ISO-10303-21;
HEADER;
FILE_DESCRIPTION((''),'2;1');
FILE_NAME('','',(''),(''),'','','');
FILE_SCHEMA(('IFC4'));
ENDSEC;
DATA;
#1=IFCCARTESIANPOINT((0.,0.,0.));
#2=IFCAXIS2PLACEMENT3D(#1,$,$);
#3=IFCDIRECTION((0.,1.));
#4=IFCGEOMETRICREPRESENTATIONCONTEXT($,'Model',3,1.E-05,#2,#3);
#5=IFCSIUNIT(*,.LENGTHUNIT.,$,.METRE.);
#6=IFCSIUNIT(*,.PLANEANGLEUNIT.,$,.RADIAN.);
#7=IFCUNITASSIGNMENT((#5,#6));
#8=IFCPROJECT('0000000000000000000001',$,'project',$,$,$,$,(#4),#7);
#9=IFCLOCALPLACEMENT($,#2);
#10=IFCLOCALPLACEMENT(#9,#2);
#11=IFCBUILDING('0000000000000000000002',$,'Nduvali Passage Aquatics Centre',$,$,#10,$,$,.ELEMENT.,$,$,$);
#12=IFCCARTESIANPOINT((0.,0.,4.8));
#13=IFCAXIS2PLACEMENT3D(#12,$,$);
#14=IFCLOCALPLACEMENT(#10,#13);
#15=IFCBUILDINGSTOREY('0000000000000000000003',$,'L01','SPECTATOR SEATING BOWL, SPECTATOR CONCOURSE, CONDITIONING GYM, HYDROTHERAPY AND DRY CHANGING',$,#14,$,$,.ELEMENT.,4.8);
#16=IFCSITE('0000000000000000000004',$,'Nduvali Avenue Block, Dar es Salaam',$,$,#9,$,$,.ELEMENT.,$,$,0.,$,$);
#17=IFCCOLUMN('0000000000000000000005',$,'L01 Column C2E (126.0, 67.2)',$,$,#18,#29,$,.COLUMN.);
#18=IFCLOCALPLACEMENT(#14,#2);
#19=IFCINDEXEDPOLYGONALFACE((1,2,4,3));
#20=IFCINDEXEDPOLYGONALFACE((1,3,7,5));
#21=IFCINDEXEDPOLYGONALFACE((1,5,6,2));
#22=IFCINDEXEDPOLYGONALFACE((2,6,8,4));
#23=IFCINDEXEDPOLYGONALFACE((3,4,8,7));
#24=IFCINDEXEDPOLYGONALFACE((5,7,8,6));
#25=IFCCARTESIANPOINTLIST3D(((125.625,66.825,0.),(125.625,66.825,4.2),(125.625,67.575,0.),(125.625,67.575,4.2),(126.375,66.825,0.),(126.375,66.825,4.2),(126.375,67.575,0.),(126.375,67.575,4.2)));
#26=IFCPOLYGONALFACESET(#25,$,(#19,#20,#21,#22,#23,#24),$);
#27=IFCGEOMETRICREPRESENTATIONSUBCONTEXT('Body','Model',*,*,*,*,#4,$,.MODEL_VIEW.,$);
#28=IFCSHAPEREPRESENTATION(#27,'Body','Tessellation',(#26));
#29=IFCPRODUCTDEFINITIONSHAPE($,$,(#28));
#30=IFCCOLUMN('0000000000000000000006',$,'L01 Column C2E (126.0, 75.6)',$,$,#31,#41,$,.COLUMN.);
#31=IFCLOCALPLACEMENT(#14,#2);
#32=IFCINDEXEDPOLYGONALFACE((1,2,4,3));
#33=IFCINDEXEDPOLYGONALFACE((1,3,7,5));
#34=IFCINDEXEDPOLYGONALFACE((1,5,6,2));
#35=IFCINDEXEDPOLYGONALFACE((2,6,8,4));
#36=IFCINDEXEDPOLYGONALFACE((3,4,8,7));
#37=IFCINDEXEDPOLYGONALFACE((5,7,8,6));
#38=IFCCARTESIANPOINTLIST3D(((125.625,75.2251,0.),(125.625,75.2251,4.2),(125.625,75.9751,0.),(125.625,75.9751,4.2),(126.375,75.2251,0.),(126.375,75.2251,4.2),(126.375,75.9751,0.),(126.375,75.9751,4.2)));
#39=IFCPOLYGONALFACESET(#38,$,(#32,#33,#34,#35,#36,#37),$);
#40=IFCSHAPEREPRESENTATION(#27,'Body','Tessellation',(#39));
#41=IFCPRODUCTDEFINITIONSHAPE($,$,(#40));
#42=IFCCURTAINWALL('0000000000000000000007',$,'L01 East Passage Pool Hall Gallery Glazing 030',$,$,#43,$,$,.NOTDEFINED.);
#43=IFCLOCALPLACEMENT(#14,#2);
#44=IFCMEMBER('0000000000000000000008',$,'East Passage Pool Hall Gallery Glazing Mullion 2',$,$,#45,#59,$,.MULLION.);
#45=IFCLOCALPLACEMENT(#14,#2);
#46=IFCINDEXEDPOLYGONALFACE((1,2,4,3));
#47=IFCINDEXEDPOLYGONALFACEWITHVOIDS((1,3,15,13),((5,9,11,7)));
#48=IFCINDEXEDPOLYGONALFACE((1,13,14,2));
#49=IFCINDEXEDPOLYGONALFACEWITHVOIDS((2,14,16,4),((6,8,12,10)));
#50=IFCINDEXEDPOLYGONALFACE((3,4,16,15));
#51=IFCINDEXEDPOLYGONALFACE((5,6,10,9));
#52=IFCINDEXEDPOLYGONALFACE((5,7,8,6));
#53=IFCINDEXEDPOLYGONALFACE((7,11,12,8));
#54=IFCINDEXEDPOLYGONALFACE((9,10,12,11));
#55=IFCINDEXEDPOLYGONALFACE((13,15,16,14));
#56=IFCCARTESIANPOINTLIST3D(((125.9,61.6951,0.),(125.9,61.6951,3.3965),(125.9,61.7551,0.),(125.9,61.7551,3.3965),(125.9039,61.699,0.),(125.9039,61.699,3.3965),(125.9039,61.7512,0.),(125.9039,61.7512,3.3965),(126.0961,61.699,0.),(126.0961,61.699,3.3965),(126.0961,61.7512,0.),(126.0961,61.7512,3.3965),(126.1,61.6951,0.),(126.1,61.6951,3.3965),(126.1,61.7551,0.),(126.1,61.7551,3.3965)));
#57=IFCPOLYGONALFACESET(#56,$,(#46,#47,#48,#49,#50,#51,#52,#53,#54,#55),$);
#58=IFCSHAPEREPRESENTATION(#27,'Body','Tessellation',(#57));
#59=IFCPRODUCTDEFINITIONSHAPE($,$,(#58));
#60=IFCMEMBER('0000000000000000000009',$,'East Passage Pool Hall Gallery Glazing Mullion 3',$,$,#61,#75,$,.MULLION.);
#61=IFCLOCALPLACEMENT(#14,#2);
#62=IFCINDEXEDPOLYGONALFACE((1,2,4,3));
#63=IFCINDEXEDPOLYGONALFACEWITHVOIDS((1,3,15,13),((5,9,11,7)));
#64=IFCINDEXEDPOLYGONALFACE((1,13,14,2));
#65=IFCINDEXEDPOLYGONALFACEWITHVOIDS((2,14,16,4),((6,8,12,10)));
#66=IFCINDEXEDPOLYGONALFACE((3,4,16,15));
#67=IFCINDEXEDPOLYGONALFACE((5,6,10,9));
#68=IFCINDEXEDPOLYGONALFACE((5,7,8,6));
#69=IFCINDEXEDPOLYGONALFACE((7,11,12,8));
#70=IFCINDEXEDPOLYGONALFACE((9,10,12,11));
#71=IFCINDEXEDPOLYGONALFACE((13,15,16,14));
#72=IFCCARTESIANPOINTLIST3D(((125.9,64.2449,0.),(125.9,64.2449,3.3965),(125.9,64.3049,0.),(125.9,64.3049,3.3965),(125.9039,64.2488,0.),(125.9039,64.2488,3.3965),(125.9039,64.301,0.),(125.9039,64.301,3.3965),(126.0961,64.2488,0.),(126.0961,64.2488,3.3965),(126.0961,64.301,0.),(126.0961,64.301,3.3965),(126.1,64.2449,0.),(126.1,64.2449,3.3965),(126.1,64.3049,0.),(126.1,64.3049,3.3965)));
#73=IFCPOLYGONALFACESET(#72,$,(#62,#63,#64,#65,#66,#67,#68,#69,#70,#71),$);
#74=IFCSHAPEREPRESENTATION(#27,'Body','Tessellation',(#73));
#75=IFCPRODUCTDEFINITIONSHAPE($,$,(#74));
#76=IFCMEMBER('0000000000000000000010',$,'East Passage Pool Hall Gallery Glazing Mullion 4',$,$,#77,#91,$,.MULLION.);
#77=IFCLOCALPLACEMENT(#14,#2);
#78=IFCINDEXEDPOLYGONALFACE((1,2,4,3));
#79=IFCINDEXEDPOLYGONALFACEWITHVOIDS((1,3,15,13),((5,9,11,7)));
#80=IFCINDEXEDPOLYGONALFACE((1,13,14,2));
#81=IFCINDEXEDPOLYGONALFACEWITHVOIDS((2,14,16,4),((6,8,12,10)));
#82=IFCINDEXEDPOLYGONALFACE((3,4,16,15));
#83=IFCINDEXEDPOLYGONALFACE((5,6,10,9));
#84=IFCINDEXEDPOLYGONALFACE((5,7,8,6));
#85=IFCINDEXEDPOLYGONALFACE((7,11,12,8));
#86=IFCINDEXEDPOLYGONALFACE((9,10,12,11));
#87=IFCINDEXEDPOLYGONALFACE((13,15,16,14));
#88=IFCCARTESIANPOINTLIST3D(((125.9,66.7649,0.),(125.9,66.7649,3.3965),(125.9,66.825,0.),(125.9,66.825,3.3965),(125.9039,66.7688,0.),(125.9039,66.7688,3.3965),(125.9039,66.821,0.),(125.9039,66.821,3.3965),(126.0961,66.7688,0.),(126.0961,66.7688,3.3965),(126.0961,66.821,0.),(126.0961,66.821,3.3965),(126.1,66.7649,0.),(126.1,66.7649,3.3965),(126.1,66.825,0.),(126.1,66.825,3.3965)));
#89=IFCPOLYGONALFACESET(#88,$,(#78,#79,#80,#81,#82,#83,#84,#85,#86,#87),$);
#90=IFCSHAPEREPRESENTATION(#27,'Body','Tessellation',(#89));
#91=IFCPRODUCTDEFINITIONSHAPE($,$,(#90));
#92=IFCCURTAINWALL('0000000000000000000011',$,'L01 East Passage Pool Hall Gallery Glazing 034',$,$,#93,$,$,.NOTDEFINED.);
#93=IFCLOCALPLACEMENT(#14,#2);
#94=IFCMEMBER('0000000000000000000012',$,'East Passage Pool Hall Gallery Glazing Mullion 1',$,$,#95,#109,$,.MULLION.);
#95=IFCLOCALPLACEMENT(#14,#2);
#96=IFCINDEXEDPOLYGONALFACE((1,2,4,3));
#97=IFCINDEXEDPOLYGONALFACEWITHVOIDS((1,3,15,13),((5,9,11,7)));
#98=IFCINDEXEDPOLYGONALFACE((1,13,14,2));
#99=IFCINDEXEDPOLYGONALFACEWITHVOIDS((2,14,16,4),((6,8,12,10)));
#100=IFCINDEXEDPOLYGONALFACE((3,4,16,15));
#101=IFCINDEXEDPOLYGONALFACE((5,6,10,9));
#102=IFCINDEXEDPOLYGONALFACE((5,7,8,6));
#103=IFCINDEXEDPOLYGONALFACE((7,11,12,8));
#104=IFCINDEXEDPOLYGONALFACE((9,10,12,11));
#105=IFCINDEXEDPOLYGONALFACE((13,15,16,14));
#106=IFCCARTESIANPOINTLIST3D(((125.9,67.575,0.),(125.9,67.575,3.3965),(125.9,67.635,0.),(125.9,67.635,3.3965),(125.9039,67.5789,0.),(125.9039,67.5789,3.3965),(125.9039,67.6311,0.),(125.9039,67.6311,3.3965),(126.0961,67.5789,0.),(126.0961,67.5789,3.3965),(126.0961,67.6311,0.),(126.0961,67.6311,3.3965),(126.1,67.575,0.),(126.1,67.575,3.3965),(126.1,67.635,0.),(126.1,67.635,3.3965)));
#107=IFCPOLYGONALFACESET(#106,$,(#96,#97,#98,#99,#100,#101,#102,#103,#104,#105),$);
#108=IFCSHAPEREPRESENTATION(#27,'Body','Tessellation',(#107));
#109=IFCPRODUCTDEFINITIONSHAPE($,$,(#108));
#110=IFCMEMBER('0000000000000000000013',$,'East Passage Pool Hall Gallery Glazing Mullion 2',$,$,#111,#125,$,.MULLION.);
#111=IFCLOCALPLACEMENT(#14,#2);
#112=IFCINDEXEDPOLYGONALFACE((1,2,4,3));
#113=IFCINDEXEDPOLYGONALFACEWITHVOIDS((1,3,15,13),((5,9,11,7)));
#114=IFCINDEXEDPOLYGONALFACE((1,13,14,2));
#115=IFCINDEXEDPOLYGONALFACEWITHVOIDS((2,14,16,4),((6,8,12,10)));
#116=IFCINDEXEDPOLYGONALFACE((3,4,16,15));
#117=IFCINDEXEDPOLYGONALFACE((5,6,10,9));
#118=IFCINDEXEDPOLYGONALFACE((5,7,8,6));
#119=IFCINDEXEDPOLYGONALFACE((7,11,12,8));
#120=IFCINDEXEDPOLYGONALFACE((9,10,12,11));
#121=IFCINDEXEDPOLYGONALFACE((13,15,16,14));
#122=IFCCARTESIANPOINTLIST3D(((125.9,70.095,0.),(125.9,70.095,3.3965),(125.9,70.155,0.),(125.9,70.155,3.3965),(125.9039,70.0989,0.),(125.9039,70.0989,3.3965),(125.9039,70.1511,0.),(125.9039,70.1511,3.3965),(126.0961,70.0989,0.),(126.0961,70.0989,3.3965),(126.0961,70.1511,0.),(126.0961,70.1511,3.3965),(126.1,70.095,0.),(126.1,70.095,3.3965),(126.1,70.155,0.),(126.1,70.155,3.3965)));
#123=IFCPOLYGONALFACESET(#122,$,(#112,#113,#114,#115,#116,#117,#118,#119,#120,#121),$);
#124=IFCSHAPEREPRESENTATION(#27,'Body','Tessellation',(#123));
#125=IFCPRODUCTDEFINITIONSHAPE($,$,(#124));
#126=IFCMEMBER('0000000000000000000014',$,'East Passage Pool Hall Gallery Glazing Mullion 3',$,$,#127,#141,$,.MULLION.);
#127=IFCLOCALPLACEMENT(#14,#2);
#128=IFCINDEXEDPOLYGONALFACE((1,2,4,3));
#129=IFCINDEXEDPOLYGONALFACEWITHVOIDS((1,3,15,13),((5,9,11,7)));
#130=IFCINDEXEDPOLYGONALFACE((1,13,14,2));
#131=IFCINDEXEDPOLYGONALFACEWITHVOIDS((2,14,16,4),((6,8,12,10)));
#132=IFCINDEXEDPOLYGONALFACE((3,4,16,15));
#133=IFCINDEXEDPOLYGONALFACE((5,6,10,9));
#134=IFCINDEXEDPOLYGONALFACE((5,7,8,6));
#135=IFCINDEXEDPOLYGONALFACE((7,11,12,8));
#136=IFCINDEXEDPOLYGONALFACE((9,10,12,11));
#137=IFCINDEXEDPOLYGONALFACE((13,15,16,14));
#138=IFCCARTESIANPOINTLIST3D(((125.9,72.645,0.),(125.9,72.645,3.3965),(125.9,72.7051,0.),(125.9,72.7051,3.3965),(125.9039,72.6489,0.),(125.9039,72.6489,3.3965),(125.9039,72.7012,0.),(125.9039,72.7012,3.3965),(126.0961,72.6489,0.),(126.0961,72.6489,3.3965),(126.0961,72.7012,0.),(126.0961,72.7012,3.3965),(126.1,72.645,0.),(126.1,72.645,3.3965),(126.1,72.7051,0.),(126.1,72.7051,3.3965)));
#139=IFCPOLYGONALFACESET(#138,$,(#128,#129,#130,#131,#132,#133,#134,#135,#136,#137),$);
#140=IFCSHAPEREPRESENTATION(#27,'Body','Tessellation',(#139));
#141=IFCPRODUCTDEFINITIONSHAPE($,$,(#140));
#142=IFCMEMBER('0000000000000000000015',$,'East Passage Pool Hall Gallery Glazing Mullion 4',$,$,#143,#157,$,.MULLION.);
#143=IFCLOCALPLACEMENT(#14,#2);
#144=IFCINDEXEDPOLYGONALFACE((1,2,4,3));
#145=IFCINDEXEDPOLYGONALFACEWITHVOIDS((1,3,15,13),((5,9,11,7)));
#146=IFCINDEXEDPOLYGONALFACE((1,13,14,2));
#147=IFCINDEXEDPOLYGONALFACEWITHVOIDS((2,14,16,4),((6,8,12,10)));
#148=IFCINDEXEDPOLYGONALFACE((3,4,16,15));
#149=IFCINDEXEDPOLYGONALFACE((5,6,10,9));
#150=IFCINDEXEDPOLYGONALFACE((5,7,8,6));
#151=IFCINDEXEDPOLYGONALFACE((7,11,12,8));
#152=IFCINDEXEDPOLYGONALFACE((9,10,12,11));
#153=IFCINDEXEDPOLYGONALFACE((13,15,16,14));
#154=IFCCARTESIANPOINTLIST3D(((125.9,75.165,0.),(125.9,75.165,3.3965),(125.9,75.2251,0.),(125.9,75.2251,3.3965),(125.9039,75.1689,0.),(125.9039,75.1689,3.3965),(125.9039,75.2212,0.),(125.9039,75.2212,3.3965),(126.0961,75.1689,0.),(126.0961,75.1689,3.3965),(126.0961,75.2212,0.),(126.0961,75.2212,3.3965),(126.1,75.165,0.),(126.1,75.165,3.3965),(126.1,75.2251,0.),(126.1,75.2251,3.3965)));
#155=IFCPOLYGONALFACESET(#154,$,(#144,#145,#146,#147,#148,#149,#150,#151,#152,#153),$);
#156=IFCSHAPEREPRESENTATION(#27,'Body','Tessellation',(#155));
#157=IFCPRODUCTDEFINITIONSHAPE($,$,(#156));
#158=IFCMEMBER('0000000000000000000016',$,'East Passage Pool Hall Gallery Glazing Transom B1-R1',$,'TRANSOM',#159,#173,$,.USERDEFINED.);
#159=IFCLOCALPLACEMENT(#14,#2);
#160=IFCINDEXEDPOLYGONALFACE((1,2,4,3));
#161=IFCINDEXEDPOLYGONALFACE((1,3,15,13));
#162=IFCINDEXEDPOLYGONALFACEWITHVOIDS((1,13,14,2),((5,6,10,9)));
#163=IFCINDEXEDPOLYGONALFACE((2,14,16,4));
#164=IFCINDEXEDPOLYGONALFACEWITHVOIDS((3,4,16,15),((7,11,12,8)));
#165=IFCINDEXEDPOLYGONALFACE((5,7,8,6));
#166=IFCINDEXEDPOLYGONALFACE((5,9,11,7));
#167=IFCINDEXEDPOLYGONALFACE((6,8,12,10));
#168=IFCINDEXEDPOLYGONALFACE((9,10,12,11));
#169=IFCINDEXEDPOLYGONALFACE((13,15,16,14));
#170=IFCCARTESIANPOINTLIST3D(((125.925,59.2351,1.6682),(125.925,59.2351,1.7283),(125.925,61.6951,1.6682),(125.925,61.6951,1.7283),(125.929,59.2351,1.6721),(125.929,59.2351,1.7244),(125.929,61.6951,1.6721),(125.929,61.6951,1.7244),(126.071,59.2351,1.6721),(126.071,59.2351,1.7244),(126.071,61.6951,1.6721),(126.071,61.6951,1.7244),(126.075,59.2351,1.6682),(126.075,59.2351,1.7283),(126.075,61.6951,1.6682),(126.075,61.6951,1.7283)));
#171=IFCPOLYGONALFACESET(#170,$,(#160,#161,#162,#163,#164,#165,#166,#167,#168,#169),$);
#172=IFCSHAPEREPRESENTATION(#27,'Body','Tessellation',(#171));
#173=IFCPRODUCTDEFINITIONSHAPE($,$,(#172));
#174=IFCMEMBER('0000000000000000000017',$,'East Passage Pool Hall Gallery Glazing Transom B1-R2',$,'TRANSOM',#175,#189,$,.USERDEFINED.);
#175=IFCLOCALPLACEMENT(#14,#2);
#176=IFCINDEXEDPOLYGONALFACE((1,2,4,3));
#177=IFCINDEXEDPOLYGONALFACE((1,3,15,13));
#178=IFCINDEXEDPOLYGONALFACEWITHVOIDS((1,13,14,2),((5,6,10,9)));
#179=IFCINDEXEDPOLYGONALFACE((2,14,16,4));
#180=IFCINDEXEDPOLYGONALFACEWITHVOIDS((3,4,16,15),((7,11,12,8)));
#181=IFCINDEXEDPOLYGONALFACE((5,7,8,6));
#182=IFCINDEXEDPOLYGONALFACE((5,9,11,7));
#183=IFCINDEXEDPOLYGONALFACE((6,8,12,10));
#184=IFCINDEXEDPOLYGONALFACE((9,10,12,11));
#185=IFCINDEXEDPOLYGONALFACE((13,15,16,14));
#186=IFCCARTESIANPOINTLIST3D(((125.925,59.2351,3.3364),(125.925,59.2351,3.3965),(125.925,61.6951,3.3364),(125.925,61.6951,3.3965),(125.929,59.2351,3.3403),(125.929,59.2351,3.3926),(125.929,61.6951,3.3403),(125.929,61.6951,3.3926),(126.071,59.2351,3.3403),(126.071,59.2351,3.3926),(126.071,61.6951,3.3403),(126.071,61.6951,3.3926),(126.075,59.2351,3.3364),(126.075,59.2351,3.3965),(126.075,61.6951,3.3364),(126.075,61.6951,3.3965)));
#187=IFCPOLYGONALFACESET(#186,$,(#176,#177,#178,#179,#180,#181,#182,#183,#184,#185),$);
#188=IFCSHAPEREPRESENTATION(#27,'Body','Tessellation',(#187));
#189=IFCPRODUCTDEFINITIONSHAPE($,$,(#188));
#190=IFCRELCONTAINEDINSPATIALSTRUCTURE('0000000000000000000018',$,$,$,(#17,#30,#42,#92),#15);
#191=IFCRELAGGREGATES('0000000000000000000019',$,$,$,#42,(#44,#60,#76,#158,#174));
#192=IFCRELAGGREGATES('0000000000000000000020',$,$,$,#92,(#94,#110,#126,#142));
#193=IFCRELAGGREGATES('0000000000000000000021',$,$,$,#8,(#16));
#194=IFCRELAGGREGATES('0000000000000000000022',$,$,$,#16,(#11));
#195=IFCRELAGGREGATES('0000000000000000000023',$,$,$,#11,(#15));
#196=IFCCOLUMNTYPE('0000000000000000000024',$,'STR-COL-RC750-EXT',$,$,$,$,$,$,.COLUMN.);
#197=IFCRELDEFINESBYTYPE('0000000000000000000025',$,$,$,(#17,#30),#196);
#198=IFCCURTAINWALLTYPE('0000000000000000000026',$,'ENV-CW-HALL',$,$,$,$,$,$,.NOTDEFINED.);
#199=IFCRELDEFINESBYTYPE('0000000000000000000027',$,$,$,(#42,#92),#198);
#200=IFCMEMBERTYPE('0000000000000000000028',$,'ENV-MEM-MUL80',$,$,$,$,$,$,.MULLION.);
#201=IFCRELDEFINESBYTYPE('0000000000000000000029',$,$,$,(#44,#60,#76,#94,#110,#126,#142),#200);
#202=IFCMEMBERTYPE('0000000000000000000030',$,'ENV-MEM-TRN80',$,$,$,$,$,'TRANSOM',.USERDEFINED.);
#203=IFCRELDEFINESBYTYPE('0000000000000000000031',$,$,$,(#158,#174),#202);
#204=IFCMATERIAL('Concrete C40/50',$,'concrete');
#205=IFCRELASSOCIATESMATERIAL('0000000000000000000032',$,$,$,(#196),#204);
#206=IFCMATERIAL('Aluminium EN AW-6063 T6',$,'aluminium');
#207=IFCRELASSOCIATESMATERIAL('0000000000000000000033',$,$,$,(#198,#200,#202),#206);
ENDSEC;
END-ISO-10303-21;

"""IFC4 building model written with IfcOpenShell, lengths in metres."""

from ifc_helpers import new_model, si_unit, direction, frame, origin, origin_2d, place, context, subcontext, project, spatial, rectangle, hollow_rectangle, extrude, material, material_profile, profile_set, type_object, element, aggregate, save


model = new_model("IFC4")

# Units and contexts
model_context = context("Model", 3, precision=1e-05, world=origin(), true_north=direction((0.0, 1.0)))
body_context = subcontext(model_context, "Body", "Model", "MODEL_VIEW")
ifc_project = project(units=[si_unit("LENGTHUNIT", "METRE"), si_unit("PLANEANGLEUNIT", "RADIAN")], contexts=[model_context])

# Site, building, storey
site_placement = place(None, origin())
site = spatial("IfcSite", under=ifc_project, at=site_placement, Name="Nduvali Avenue Block, Dar es Salaam", CompositionType="ELEMENT", RefElevation=0.0)
building_placement = place(site_placement, origin())
building = spatial("IfcBuilding", under=site, at=building_placement, Name="Nduvali Passage Aquatics Centre", CompositionType="ELEMENT")
storey_placement = place(building_placement, frame((0.0, 0.0, 4.8)))
storey = spatial("IfcBuildingStorey", under=building, at=storey_placement, Name="L01", Description="SPECTATOR SEATING BOWL, SPECTATOR CONCOURSE, CONDITIONING GYM, HYDROTHERAPY AND DRY CHANGING", CompositionType="ELEMENT", Elevation=4.8)

# Columns
ifc_material_1 = material(Name="Concrete C40/50", Category="concrete")
ifc_material_profile_1 = material_profile(ifc_material_1, rectangle(XDim=0.75, YDim=0.75, at=origin_2d()), Name="RC 750x750")
ifc_profile_set_1 = profile_set([ifc_material_profile_1], Name="Concrete C40/50")
column_type = type_object("IfcColumnType", Name="STR-COL-RC750-EXT", PredefinedType="COLUMN", material=ifc_profile_set_1)
for number, where, z_axis, x_axis, name in (
    (1, (126.0, 67.2, 0.0), (0.0, 0.0, 1.0), (1.0, 0.0, 0.0), "L01 Column C2E (126.0, 67.2)"),
    (2, (126.0, 75.6001, 0.0), (0.0, 0.0, 1.0), (1.0, 0.0, 0.0), "L01 Column C2E (126.0, 75.6)"),
):
    element("IfcColumn", number, at=place(storey_placement, frame(where, z_axis=z_axis, x_axis=x_axis)), inside=storey, type_object=column_type, Name=name, PredefinedType="COLUMN", context=body_context, shape_type="SweptSolid", body=[
        extrude(rectangle(XDim=0.75, YDim=0.75, at=origin_2d()), origin(), (0.0, 0.0, 1.0), 4.2),
    ])

# Curtain walls, members
ifc_material_2 = material(Name="Aluminium EN AW-6063 T6", Category="aluminium")
curtain_wall_type = type_object("IfcCurtainWallType", Name="ENV-CW-HALL", PredefinedType="NOTDEFINED", material=ifc_material_2)
curtain_wall_1_placement = place(storey_placement, origin())
curtain_wall_1 = element("IfcCurtainWall", 3, at=curtain_wall_1_placement, inside=storey, type_object=curtain_wall_type, Name="L01 East Passage Pool Hall Gallery Glazing 030", PredefinedType="NOTDEFINED")
ifc_material_profile_2 = material_profile(ifc_material_2, hollow_rectangle(XDim=0.0601, YDim=0.2, WallThickness=0.0039, at=origin_2d()), Name="ALU MULLION 60x200x4")
ifc_profile_set_2 = profile_set([ifc_material_profile_2], Name="Aluminium EN AW-6063 T6")
member_type_1 = type_object("IfcMemberType", Name="ENV-MEM-MUL80", PredefinedType="MULLION", material=ifc_profile_set_2)
member_1_placement = place(storey_placement, frame((126.0, 61.7251, 0.0), z_axis=(0.0, 0.0, 1.0), x_axis=(0.0, 1.0, 0.0)))
member_1 = element("IfcMember", 4, at=member_1_placement, type_object=member_type_1, Name="East Passage Pool Hall Gallery Glazing Mullion 2", PredefinedType="MULLION", context=body_context, shape_type="SweptSolid", body=[
    extrude(hollow_rectangle(XDim=0.0601, YDim=0.2, WallThickness=0.0039, at=origin_2d()), origin(), (0.0, 0.0, 1.0), 3.3965),
])
member_2_placement = place(storey_placement, frame((126.0, 64.2749, 0.0), z_axis=(0.0, 0.0, 1.0), x_axis=(0.0, 1.0, 0.0)))
member_2 = element("IfcMember", 5, at=member_2_placement, type_object=member_type_1, Name="East Passage Pool Hall Gallery Glazing Mullion 3", PredefinedType="MULLION", context=body_context, shape_type="SweptSolid", body=[
    extrude(hollow_rectangle(XDim=0.0601, YDim=0.2, WallThickness=0.0039, at=origin_2d()), origin(), (0.0, 0.0, 1.0), 3.3965),
])
member_3_placement = place(storey_placement, frame((126.0, 66.7949, 0.0), z_axis=(0.0, 0.0, 1.0), x_axis=(0.0, 1.0, 0.0)))
member_3 = element("IfcMember", 6, at=member_3_placement, type_object=member_type_1, Name="East Passage Pool Hall Gallery Glazing Mullion 4", PredefinedType="MULLION", context=body_context, shape_type="SweptSolid", body=[
    extrude(hollow_rectangle(XDim=0.0601, YDim=0.2, WallThickness=0.0039, at=origin_2d()), origin(), (0.0, 0.0, 1.0), 3.3965),
])
curtain_wall_2_placement = place(storey_placement, origin())
curtain_wall_2 = element("IfcCurtainWall", 7, at=curtain_wall_2_placement, inside=storey, type_object=curtain_wall_type, Name="L01 East Passage Pool Hall Gallery Glazing 034", PredefinedType="NOTDEFINED")
member_4_placement = place(storey_placement, frame((126.0, 67.605, 0.0), z_axis=(0.0, 0.0, 1.0), x_axis=(0.0, 1.0, 0.0)))
member_4 = element("IfcMember", 8, at=member_4_placement, type_object=member_type_1, Name="East Passage Pool Hall Gallery Glazing Mullion 1", PredefinedType="MULLION", context=body_context, shape_type="SweptSolid", body=[
    extrude(hollow_rectangle(XDim=0.0601, YDim=0.2, WallThickness=0.0039, at=origin_2d()), origin(), (0.0, 0.0, 1.0), 3.3965),
])
member_5_placement = place(storey_placement, frame((126.0, 70.125, 0.0), z_axis=(0.0, 0.0, 1.0), x_axis=(0.0, 1.0, 0.0)))
member_5 = element("IfcMember", 9, at=member_5_placement, type_object=member_type_1, Name="East Passage Pool Hall Gallery Glazing Mullion 2", PredefinedType="MULLION", context=body_context, shape_type="SweptSolid", body=[
    extrude(hollow_rectangle(XDim=0.0601, YDim=0.2, WallThickness=0.0039, at=origin_2d()), origin(), (0.0, 0.0, 1.0), 3.3965),
])
member_6_placement = place(storey_placement, frame((126.0, 72.675, 0.0), z_axis=(0.0, 0.0, 1.0), x_axis=(0.0, 1.0, 0.0)))
member_6 = element("IfcMember", 10, at=member_6_placement, type_object=member_type_1, Name="East Passage Pool Hall Gallery Glazing Mullion 3", PredefinedType="MULLION", context=body_context, shape_type="SweptSolid", body=[
    extrude(hollow_rectangle(XDim=0.0601, YDim=0.2, WallThickness=0.0039, at=origin_2d()), origin(), (0.0, 0.0, 1.0), 3.3965),
])
member_7_placement = place(storey_placement, frame((126.0, 75.1951, 0.0), z_axis=(0.0, 0.0, 1.0), x_axis=(0.0, 1.0, 0.0)))
member_7 = element("IfcMember", 11, at=member_7_placement, type_object=member_type_1, Name="East Passage Pool Hall Gallery Glazing Mullion 4", PredefinedType="MULLION", context=body_context, shape_type="SweptSolid", body=[
    extrude(hollow_rectangle(XDim=0.0601, YDim=0.2, WallThickness=0.0039, at=origin_2d()), origin(), (0.0, 0.0, 1.0), 3.3965),
])

# Members
ifc_material_profile_3 = material_profile(ifc_material_2, hollow_rectangle(XDim=0.1499, YDim=0.0601, WallThickness=0.0039, at=origin_2d()), Name="ALU TRANSOM 150x60x4")
ifc_profile_set_3 = profile_set([ifc_material_profile_3], Name="Aluminium EN AW-6063 T6")
member_type_2 = type_object("IfcMemberType", Name="ENV-MEM-TRN80", ElementType="TRANSOM", PredefinedType="USERDEFINED", material=ifc_profile_set_3)
member_8_placement = place(storey_placement, frame((126.0, 59.2351, 1.6982), z_axis=(0.0, 1.0, 0.0), x_axis=(-1.0, 0.0, 0.0)))
member_8 = element("IfcMember", 12, at=member_8_placement, type_object=member_type_2, Name="East Passage Pool Hall Gallery Glazing Transom B1-R1", ObjectType="TRANSOM", PredefinedType="USERDEFINED", context=body_context, shape_type="SweptSolid", body=[
    extrude(hollow_rectangle(XDim=0.1499, YDim=0.0601, WallThickness=0.0039, at=origin_2d()), origin(), (0.0, 0.0, 1.0), 2.46),
])
member_9_placement = place(storey_placement, frame((126.0, 59.2351, 3.3665), z_axis=(0.0, 1.0, 0.0), x_axis=(-1.0, 0.0, 0.0)))
member_9 = element("IfcMember", 13, at=member_9_placement, type_object=member_type_2, Name="East Passage Pool Hall Gallery Glazing Transom B1-R2", ObjectType="TRANSOM", PredefinedType="USERDEFINED", context=body_context, shape_type="SweptSolid", body=[
    extrude(hollow_rectangle(XDim=0.1499, YDim=0.0601, WallThickness=0.0039, at=origin_2d()), origin(), (0.0, 0.0, 1.0), 2.46),
])

aggregate(curtain_wall_1, [member_1, member_2, member_3, member_8, member_9])
aggregate(curtain_wall_2, [member_4, member_5, member_6, member_7])

save(model, "model.ifc")
